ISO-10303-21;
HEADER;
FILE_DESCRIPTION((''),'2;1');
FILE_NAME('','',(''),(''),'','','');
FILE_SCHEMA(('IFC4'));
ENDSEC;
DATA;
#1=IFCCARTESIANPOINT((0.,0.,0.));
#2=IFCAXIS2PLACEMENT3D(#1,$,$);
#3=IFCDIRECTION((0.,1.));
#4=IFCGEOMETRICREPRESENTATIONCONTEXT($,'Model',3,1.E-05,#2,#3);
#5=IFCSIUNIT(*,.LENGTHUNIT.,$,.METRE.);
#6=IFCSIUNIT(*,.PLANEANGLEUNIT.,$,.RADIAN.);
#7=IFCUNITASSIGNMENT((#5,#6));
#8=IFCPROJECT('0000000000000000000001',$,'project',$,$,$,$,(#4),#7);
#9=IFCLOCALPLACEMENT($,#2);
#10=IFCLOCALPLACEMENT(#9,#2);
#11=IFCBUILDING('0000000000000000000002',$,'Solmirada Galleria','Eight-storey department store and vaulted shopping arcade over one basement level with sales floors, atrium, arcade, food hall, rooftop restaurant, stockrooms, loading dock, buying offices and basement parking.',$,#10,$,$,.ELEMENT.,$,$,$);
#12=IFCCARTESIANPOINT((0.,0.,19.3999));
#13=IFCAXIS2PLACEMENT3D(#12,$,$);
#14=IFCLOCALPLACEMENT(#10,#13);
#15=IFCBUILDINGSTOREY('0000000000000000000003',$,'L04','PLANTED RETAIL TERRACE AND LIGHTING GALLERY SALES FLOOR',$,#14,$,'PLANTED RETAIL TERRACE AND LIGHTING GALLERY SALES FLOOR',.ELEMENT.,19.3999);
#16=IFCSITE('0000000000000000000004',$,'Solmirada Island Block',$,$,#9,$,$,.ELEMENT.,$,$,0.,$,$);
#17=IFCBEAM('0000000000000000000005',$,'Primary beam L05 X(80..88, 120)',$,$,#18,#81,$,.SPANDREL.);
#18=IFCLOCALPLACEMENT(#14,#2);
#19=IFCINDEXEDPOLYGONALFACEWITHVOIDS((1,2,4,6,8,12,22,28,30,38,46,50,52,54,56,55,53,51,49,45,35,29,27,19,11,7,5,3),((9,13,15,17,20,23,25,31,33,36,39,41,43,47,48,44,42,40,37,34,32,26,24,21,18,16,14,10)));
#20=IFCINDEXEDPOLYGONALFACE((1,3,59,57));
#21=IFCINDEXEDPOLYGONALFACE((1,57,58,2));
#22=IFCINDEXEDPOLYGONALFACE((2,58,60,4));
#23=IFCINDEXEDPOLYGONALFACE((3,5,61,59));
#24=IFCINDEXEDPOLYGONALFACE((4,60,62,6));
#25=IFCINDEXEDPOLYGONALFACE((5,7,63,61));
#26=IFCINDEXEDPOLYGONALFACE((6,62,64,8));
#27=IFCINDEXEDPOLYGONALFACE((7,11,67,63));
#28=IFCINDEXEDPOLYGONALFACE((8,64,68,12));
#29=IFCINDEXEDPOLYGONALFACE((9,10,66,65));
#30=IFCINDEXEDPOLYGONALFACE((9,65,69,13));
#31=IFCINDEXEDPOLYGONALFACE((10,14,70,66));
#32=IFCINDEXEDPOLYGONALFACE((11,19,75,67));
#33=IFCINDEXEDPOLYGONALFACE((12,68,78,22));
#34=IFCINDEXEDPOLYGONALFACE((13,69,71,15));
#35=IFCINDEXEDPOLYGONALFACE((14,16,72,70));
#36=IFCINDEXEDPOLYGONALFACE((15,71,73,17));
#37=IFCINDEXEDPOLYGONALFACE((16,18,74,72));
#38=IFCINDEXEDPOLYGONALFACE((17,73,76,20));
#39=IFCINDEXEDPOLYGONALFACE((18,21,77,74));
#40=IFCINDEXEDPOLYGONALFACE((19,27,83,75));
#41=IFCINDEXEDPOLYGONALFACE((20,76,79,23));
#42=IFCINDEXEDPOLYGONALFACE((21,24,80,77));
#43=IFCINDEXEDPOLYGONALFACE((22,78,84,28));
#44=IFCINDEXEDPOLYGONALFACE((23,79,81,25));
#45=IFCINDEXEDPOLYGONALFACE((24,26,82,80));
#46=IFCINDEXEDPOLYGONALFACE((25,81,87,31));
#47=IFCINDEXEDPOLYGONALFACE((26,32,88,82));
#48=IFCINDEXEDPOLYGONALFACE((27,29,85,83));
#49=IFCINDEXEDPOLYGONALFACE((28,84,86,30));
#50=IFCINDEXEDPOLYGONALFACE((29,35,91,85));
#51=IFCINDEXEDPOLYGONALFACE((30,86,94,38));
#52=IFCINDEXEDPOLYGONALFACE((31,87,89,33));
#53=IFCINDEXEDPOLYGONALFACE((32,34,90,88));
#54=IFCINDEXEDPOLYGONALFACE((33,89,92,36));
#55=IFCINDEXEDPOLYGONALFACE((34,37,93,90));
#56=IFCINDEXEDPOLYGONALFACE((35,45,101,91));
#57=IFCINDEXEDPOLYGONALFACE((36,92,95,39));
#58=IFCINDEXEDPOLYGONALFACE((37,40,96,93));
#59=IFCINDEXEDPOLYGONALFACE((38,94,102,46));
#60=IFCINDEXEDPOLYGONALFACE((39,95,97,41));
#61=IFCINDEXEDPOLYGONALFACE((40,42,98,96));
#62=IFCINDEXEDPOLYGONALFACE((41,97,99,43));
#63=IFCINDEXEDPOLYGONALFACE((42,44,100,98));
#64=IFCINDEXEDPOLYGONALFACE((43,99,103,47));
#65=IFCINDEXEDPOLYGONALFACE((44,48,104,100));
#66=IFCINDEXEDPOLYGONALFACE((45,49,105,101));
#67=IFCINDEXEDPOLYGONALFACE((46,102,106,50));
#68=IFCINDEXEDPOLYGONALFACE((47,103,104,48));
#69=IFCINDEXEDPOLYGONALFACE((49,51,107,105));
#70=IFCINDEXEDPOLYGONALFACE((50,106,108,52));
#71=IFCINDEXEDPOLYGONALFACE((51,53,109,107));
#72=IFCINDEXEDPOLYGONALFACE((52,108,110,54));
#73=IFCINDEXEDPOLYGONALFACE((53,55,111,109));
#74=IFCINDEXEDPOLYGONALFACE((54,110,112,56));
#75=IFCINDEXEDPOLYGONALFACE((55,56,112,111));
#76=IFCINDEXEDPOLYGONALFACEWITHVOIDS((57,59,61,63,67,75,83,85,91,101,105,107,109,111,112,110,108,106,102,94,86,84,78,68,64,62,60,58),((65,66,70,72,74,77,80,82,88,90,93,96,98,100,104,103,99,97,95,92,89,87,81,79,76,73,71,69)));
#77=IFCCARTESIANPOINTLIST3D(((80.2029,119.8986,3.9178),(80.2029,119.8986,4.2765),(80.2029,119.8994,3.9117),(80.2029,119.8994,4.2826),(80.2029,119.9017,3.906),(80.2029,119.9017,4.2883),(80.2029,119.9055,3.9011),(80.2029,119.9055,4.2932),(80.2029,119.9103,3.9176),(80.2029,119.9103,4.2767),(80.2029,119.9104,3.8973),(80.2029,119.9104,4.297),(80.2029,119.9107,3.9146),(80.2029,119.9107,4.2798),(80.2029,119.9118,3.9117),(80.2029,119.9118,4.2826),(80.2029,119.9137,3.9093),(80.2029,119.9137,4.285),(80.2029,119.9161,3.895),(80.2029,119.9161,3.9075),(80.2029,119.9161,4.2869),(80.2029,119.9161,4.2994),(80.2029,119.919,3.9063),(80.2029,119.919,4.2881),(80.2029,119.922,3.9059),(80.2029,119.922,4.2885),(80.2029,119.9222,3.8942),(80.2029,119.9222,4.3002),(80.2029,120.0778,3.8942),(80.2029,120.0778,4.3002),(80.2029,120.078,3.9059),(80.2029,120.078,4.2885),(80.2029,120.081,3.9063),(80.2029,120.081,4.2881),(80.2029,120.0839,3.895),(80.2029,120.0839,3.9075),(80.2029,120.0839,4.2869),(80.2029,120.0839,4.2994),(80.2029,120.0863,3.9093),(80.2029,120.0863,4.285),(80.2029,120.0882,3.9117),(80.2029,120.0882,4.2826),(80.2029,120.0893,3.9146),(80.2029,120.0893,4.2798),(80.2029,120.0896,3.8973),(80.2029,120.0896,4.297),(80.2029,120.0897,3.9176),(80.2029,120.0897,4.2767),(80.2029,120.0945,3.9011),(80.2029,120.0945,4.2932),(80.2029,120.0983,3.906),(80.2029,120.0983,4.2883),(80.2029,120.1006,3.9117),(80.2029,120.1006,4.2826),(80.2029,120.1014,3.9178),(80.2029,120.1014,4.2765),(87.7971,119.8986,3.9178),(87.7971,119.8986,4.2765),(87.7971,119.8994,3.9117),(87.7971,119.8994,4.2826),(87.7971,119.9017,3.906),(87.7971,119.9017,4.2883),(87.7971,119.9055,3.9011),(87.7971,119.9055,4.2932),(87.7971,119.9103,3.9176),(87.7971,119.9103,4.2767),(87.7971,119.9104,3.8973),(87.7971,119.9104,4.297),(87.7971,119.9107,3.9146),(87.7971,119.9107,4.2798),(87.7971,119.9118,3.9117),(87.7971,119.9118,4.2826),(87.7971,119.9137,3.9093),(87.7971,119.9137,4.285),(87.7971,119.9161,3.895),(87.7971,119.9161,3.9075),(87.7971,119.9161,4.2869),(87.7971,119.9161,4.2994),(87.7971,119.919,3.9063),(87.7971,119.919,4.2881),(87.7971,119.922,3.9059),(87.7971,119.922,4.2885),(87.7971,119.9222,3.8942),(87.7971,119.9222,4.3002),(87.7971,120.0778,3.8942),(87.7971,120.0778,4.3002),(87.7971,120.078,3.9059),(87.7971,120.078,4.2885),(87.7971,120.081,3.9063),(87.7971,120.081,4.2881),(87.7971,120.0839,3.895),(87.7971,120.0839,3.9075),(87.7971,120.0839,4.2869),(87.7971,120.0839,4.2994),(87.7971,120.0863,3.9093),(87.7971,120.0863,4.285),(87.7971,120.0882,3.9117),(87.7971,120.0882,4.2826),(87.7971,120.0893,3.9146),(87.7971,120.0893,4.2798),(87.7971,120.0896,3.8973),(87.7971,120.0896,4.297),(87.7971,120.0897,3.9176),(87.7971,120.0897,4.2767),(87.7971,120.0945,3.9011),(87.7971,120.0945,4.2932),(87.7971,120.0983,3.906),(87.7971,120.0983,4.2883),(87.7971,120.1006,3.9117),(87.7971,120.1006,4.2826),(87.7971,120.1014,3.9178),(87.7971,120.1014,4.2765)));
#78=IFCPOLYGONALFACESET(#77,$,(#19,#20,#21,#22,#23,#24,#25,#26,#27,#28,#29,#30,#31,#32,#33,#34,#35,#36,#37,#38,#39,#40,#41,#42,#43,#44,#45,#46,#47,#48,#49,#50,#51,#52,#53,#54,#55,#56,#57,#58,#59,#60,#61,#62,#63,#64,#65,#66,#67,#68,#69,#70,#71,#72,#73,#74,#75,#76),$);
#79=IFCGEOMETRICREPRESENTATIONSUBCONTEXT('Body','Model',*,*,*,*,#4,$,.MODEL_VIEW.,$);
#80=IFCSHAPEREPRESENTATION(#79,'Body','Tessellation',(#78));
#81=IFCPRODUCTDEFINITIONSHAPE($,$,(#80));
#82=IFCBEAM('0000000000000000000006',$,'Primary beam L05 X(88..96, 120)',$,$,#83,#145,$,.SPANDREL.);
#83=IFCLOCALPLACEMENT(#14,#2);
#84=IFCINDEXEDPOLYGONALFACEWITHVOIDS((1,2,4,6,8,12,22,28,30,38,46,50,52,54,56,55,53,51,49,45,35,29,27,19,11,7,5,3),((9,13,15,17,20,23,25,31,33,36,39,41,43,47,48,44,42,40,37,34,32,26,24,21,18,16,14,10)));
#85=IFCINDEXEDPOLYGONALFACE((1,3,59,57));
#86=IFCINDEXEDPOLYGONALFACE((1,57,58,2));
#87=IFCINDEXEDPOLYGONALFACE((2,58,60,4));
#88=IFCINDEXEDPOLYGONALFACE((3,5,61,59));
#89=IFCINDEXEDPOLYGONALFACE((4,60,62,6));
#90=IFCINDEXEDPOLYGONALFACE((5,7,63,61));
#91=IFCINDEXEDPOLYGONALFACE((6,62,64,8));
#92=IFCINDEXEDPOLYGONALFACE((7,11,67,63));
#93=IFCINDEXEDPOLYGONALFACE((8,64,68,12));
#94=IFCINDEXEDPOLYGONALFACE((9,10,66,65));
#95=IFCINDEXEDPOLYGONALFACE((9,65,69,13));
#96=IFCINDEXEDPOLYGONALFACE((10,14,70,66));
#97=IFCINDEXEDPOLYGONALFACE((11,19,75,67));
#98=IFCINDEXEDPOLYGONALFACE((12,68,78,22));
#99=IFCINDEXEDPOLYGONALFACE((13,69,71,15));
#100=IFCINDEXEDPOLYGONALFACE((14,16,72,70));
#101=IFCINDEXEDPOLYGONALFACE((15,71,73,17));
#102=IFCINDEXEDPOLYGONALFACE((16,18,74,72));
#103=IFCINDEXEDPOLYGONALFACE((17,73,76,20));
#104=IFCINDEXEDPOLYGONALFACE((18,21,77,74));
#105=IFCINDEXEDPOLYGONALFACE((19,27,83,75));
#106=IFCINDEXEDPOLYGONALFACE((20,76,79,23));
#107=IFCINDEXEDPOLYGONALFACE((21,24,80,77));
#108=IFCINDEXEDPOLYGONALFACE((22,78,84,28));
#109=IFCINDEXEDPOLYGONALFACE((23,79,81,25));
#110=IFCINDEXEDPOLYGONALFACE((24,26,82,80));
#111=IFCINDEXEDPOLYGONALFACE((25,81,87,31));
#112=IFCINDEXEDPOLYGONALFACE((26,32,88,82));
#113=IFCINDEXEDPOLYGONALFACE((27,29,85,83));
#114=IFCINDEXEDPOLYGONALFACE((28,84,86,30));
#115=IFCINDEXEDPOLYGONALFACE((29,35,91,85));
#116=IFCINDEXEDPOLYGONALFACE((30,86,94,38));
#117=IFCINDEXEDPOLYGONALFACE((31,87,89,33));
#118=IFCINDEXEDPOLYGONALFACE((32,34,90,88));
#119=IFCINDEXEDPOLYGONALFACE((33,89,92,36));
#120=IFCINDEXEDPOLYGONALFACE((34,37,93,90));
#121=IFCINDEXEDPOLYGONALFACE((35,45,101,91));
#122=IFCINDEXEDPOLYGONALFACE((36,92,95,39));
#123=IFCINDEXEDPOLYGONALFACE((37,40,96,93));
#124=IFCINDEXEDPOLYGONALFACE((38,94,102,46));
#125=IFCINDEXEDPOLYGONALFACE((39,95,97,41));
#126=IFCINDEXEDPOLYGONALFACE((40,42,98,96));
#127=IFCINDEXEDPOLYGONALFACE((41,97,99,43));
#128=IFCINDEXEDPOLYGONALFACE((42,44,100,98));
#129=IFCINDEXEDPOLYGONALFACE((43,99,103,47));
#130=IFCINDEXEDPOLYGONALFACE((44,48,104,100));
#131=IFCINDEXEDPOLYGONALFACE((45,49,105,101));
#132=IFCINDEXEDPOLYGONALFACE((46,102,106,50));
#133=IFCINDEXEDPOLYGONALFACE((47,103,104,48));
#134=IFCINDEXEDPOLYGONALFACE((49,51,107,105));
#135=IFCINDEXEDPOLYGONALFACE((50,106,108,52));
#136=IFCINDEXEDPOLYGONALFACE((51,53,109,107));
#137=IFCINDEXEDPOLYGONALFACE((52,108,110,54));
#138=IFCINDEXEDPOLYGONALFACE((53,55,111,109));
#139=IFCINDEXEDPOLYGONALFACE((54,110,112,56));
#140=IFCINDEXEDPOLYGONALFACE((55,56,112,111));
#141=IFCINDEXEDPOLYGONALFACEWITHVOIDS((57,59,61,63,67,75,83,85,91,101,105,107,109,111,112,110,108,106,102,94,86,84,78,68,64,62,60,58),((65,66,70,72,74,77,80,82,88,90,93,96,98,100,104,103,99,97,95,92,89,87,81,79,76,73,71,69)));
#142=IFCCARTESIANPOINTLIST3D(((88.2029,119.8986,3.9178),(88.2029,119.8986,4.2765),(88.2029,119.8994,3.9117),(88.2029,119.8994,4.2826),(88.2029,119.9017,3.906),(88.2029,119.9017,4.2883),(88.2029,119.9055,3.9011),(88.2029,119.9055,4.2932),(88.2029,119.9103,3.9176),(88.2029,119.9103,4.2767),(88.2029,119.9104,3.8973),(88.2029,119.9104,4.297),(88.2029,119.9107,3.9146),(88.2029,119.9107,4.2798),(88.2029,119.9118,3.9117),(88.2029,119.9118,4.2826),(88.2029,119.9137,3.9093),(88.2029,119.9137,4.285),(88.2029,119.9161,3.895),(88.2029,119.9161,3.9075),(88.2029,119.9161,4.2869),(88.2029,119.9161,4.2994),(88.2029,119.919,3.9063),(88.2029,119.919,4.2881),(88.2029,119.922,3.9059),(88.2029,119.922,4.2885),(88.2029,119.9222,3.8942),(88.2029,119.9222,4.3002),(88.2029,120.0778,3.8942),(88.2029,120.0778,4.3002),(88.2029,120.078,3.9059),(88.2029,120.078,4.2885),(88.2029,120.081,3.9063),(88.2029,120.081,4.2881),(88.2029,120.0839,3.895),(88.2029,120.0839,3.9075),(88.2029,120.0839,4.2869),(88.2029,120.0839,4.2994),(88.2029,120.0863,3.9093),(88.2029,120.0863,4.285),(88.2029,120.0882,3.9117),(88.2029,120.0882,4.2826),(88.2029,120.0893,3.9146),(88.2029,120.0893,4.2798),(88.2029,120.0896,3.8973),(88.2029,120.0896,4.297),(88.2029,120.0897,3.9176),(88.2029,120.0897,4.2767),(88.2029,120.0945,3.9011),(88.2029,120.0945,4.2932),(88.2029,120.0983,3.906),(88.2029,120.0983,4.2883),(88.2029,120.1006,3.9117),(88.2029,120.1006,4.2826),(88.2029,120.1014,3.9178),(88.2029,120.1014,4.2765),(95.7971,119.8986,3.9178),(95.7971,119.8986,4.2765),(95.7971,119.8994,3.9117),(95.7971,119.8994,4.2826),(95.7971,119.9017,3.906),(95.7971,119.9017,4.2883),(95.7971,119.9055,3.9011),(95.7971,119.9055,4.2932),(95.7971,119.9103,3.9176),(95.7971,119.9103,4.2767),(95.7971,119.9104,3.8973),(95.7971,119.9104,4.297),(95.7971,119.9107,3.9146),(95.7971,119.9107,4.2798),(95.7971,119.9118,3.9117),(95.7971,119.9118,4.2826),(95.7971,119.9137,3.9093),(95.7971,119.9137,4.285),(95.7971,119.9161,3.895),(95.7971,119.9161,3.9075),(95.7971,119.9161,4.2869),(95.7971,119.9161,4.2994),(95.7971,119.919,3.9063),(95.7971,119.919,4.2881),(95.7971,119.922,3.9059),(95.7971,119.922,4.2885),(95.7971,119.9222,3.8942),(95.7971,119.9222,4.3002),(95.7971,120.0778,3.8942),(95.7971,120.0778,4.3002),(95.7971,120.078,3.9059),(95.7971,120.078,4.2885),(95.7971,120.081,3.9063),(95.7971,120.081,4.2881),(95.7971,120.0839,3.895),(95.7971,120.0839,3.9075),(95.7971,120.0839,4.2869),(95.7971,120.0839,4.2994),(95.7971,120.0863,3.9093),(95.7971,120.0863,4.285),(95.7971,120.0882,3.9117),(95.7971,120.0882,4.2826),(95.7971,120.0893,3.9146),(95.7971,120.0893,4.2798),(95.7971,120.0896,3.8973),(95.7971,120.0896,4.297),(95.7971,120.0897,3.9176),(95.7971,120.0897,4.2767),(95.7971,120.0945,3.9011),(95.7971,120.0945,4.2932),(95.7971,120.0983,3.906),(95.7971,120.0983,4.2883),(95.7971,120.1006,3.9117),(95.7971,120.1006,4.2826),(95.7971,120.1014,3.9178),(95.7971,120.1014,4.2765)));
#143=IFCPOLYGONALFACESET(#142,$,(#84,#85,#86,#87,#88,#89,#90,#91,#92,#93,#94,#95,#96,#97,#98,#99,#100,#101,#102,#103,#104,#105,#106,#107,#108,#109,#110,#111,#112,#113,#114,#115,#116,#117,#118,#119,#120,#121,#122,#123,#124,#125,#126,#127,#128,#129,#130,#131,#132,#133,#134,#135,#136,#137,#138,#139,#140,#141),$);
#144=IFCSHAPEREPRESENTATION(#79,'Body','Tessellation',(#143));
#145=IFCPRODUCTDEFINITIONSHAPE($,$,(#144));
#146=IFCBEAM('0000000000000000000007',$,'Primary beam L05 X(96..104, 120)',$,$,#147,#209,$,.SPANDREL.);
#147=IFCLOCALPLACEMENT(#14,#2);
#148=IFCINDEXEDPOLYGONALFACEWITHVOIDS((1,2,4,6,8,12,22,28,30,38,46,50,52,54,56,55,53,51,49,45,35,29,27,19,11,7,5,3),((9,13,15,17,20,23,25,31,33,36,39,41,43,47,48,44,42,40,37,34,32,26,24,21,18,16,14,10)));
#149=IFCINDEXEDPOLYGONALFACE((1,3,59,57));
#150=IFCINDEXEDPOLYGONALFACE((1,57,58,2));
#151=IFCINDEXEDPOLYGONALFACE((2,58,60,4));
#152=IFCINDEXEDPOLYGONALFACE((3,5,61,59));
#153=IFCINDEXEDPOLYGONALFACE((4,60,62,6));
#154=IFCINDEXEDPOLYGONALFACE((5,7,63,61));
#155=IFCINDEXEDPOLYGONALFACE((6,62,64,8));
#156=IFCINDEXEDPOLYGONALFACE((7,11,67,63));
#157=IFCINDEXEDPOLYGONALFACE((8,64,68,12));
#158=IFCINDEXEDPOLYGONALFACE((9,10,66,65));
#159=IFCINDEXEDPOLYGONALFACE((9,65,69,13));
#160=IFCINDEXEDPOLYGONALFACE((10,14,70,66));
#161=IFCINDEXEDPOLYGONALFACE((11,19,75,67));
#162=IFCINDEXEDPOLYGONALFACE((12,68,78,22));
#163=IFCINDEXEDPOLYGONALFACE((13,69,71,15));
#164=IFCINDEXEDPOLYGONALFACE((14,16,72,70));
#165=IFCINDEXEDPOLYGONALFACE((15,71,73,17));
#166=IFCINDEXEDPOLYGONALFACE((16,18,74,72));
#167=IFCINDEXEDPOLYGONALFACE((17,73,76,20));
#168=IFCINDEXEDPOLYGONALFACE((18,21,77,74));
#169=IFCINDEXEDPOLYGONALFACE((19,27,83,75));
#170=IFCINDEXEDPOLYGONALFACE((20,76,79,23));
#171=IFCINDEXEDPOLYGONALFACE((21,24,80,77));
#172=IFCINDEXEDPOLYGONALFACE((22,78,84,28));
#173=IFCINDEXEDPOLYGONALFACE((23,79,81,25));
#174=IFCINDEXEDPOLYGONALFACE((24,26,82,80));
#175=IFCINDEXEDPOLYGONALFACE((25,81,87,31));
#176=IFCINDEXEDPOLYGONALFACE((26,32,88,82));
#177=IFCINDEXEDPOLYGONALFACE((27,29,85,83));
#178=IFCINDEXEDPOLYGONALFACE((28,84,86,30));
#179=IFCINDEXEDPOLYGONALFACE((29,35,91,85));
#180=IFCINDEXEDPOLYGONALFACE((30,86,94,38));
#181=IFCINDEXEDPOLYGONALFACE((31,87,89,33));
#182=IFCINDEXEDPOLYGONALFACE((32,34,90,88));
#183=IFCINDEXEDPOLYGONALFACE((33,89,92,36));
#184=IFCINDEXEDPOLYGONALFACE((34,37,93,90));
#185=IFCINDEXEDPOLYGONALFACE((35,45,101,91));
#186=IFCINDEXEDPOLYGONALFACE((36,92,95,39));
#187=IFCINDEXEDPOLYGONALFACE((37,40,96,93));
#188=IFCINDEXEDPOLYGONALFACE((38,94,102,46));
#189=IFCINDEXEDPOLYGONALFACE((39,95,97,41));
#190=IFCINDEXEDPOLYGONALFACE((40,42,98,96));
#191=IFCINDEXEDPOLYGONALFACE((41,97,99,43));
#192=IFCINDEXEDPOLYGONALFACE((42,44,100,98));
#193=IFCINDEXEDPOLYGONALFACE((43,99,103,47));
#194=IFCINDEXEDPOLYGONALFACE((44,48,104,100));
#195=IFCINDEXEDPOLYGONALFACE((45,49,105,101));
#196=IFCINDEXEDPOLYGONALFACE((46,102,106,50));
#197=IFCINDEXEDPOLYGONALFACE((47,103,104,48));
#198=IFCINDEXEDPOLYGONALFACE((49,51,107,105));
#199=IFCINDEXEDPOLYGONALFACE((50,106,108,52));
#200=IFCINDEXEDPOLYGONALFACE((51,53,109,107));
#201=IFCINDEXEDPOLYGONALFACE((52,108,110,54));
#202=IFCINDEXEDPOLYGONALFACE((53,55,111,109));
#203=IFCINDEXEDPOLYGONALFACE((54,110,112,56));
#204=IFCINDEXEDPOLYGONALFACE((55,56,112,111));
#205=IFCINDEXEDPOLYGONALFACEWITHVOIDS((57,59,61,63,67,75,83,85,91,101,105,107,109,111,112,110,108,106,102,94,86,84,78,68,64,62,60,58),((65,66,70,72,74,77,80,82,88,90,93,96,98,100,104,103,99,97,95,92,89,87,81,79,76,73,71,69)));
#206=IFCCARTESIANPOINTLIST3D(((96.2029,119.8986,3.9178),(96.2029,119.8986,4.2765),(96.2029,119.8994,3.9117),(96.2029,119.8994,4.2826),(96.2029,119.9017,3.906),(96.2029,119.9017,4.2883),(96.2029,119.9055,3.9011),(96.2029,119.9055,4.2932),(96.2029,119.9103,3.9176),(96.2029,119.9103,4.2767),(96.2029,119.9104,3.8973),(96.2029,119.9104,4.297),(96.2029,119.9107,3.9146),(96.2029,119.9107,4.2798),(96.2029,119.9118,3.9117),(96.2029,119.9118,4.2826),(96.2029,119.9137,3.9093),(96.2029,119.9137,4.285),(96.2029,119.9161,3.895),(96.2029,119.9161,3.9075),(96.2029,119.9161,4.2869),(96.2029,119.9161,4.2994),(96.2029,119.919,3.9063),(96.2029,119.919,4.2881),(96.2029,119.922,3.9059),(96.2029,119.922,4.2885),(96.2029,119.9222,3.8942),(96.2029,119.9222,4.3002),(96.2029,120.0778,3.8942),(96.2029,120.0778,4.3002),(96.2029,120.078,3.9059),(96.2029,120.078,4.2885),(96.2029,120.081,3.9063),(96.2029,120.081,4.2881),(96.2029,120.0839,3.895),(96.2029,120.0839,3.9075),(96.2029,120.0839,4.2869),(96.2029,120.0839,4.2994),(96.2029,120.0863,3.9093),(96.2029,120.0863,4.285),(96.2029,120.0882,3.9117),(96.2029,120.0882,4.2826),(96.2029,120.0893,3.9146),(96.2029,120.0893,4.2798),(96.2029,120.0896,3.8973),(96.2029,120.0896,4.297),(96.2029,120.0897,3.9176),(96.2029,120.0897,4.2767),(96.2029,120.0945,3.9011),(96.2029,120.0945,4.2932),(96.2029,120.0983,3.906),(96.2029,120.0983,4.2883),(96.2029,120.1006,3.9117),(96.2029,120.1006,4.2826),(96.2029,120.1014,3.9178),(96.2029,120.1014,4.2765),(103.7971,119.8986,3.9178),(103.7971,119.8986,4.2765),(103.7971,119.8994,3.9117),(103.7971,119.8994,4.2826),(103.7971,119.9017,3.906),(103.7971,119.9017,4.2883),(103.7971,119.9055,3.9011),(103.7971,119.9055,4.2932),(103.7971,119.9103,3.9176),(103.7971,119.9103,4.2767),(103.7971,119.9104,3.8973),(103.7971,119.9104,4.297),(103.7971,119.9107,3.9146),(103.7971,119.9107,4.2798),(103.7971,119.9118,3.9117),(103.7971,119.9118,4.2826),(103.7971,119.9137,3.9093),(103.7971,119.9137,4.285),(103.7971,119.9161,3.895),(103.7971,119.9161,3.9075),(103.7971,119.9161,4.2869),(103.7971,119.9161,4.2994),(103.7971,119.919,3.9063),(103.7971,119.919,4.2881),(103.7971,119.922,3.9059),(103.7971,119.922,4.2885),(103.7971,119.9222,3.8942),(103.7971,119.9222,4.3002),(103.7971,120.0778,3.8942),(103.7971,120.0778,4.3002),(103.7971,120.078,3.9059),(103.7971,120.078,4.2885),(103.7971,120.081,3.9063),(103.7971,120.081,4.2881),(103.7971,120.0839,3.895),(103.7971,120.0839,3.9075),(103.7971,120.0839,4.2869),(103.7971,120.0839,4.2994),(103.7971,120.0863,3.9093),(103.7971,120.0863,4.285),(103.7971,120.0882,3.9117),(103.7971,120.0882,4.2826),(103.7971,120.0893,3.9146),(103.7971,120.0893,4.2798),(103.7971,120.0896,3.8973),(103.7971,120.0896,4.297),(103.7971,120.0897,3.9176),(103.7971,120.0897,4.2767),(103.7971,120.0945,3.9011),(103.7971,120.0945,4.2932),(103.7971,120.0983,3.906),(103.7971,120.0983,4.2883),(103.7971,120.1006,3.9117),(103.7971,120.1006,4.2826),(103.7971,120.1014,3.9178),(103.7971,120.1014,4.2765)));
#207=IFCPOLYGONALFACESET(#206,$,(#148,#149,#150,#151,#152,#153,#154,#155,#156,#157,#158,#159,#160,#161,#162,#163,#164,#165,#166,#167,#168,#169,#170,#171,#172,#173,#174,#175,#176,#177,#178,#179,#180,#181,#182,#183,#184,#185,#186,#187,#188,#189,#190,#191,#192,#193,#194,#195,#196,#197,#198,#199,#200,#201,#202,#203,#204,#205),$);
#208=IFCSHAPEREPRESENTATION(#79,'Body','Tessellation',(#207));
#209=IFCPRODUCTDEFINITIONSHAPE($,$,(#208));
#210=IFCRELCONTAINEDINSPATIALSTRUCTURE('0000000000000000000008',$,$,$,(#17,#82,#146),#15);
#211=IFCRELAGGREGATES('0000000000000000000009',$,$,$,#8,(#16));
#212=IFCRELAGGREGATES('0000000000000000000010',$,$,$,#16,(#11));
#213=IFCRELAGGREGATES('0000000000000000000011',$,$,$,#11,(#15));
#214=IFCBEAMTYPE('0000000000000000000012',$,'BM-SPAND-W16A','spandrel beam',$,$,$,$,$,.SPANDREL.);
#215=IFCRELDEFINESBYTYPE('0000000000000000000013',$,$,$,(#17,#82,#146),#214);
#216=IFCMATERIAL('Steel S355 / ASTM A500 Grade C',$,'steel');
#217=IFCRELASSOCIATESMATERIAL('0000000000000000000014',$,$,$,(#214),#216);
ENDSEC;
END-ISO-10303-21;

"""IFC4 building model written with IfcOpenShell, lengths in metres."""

from ifc_helpers import new_model, si_unit, direction, frame, origin, origin_2d, place, context, subcontext, project, spatial, hollow_rectangle, extrude, material, material_profile, profile_set, type_object, element, save


model = new_model("IFC4")

# Units and contexts
model_context = context("Model", 3, precision=1e-05, world=origin(), true_north=direction((0.0, 1.0)))
body_context = subcontext(model_context, "Body", "Model", "MODEL_VIEW")
ifc_project = project(units=[si_unit("LENGTHUNIT", "METRE"), si_unit("PLANEANGLEUNIT", "RADIAN")], contexts=[model_context])

# Site, building, storey
site_placement = place(None, origin())
site = spatial("IfcSite", under=ifc_project, at=site_placement, Name="Solmirada Island Block", CompositionType="ELEMENT", RefElevation=0.0)
building_placement = place(site_placement, origin())
building = spatial("IfcBuilding", under=site, at=building_placement, Name="Solmirada Galleria", Description="Eight-storey department store and vaulted shopping arcade over one basement level with sales floors, atrium, arcade, food hall, rooftop restaurant, stockrooms, loading dock, buying offices and basement parking.", CompositionType="ELEMENT")
storey_placement = place(building_placement, frame((0.0, 0.0, 19.3999)))
storey = spatial("IfcBuildingStorey", under=building, at=storey_placement, Name="L04", Description="PLANTED RETAIL TERRACE AND LIGHTING GALLERY SALES FLOOR", LongName="PLANTED RETAIL TERRACE AND LIGHTING GALLERY SALES FLOOR", CompositionType="ELEMENT", Elevation=19.3999)

# Shared definitions
ifc_material_1 = material(Name="Steel S355 / ASTM A500 Grade C", Category="steel")

# Beams
ifc_material_profile_1 = material_profile(ifc_material_1, hollow_rectangle(XDim=0.2029, YDim=0.406, WallThickness=0.0117, InnerFilletRadius=0.0117, OuterFilletRadius=0.0237, at=origin_2d()), Name="HSS16X8X1/2")
ifc_profile_set_1 = profile_set([ifc_material_profile_1], Name="Steel S355 / ASTM A500 Grade C")
beam_type_1 = type_object("IfcBeamType", Name="BM-SPAND-W16A", Description="spandrel beam", PredefinedType="SPANDREL", material=ifc_profile_set_1)
for number, where, z_axis, x_axis, name in (
    (1, (80.2029, 120.0, 4.0972), (1.0, 0.0, 0.0), (0.0, 1.0, 0.0), "Primary beam L05 X(80..88, 120)"),
    (2, (88.2029, 120.0, 4.0972), (1.0, 0.0, 0.0), (0.0, 1.0, 0.0), "Primary beam L05 X(88..96, 120)"),
    (3, (96.2029, 120.0, 4.0972), (1.0, 0.0, 0.0), (0.0, 1.0, 0.0), "Primary beam L05 X(96..104, 120)"),
):
    element("IfcBeam", number, at=place(storey_placement, frame(where, z_axis=z_axis, x_axis=x_axis)), inside=storey, type_object=beam_type_1, Name=name, PredefinedType="SPANDREL", context=body_context, shape_type="SweptSolid", body=[
        extrude(hollow_rectangle(XDim=0.2029, YDim=0.406, WallThickness=0.0117, InnerFilletRadius=0.0117, OuterFilletRadius=0.0237, at=origin_2d()), origin(), (0.0, 0.0, 1.0), 7.5942),
    ])

save(model, "model.ifc")
